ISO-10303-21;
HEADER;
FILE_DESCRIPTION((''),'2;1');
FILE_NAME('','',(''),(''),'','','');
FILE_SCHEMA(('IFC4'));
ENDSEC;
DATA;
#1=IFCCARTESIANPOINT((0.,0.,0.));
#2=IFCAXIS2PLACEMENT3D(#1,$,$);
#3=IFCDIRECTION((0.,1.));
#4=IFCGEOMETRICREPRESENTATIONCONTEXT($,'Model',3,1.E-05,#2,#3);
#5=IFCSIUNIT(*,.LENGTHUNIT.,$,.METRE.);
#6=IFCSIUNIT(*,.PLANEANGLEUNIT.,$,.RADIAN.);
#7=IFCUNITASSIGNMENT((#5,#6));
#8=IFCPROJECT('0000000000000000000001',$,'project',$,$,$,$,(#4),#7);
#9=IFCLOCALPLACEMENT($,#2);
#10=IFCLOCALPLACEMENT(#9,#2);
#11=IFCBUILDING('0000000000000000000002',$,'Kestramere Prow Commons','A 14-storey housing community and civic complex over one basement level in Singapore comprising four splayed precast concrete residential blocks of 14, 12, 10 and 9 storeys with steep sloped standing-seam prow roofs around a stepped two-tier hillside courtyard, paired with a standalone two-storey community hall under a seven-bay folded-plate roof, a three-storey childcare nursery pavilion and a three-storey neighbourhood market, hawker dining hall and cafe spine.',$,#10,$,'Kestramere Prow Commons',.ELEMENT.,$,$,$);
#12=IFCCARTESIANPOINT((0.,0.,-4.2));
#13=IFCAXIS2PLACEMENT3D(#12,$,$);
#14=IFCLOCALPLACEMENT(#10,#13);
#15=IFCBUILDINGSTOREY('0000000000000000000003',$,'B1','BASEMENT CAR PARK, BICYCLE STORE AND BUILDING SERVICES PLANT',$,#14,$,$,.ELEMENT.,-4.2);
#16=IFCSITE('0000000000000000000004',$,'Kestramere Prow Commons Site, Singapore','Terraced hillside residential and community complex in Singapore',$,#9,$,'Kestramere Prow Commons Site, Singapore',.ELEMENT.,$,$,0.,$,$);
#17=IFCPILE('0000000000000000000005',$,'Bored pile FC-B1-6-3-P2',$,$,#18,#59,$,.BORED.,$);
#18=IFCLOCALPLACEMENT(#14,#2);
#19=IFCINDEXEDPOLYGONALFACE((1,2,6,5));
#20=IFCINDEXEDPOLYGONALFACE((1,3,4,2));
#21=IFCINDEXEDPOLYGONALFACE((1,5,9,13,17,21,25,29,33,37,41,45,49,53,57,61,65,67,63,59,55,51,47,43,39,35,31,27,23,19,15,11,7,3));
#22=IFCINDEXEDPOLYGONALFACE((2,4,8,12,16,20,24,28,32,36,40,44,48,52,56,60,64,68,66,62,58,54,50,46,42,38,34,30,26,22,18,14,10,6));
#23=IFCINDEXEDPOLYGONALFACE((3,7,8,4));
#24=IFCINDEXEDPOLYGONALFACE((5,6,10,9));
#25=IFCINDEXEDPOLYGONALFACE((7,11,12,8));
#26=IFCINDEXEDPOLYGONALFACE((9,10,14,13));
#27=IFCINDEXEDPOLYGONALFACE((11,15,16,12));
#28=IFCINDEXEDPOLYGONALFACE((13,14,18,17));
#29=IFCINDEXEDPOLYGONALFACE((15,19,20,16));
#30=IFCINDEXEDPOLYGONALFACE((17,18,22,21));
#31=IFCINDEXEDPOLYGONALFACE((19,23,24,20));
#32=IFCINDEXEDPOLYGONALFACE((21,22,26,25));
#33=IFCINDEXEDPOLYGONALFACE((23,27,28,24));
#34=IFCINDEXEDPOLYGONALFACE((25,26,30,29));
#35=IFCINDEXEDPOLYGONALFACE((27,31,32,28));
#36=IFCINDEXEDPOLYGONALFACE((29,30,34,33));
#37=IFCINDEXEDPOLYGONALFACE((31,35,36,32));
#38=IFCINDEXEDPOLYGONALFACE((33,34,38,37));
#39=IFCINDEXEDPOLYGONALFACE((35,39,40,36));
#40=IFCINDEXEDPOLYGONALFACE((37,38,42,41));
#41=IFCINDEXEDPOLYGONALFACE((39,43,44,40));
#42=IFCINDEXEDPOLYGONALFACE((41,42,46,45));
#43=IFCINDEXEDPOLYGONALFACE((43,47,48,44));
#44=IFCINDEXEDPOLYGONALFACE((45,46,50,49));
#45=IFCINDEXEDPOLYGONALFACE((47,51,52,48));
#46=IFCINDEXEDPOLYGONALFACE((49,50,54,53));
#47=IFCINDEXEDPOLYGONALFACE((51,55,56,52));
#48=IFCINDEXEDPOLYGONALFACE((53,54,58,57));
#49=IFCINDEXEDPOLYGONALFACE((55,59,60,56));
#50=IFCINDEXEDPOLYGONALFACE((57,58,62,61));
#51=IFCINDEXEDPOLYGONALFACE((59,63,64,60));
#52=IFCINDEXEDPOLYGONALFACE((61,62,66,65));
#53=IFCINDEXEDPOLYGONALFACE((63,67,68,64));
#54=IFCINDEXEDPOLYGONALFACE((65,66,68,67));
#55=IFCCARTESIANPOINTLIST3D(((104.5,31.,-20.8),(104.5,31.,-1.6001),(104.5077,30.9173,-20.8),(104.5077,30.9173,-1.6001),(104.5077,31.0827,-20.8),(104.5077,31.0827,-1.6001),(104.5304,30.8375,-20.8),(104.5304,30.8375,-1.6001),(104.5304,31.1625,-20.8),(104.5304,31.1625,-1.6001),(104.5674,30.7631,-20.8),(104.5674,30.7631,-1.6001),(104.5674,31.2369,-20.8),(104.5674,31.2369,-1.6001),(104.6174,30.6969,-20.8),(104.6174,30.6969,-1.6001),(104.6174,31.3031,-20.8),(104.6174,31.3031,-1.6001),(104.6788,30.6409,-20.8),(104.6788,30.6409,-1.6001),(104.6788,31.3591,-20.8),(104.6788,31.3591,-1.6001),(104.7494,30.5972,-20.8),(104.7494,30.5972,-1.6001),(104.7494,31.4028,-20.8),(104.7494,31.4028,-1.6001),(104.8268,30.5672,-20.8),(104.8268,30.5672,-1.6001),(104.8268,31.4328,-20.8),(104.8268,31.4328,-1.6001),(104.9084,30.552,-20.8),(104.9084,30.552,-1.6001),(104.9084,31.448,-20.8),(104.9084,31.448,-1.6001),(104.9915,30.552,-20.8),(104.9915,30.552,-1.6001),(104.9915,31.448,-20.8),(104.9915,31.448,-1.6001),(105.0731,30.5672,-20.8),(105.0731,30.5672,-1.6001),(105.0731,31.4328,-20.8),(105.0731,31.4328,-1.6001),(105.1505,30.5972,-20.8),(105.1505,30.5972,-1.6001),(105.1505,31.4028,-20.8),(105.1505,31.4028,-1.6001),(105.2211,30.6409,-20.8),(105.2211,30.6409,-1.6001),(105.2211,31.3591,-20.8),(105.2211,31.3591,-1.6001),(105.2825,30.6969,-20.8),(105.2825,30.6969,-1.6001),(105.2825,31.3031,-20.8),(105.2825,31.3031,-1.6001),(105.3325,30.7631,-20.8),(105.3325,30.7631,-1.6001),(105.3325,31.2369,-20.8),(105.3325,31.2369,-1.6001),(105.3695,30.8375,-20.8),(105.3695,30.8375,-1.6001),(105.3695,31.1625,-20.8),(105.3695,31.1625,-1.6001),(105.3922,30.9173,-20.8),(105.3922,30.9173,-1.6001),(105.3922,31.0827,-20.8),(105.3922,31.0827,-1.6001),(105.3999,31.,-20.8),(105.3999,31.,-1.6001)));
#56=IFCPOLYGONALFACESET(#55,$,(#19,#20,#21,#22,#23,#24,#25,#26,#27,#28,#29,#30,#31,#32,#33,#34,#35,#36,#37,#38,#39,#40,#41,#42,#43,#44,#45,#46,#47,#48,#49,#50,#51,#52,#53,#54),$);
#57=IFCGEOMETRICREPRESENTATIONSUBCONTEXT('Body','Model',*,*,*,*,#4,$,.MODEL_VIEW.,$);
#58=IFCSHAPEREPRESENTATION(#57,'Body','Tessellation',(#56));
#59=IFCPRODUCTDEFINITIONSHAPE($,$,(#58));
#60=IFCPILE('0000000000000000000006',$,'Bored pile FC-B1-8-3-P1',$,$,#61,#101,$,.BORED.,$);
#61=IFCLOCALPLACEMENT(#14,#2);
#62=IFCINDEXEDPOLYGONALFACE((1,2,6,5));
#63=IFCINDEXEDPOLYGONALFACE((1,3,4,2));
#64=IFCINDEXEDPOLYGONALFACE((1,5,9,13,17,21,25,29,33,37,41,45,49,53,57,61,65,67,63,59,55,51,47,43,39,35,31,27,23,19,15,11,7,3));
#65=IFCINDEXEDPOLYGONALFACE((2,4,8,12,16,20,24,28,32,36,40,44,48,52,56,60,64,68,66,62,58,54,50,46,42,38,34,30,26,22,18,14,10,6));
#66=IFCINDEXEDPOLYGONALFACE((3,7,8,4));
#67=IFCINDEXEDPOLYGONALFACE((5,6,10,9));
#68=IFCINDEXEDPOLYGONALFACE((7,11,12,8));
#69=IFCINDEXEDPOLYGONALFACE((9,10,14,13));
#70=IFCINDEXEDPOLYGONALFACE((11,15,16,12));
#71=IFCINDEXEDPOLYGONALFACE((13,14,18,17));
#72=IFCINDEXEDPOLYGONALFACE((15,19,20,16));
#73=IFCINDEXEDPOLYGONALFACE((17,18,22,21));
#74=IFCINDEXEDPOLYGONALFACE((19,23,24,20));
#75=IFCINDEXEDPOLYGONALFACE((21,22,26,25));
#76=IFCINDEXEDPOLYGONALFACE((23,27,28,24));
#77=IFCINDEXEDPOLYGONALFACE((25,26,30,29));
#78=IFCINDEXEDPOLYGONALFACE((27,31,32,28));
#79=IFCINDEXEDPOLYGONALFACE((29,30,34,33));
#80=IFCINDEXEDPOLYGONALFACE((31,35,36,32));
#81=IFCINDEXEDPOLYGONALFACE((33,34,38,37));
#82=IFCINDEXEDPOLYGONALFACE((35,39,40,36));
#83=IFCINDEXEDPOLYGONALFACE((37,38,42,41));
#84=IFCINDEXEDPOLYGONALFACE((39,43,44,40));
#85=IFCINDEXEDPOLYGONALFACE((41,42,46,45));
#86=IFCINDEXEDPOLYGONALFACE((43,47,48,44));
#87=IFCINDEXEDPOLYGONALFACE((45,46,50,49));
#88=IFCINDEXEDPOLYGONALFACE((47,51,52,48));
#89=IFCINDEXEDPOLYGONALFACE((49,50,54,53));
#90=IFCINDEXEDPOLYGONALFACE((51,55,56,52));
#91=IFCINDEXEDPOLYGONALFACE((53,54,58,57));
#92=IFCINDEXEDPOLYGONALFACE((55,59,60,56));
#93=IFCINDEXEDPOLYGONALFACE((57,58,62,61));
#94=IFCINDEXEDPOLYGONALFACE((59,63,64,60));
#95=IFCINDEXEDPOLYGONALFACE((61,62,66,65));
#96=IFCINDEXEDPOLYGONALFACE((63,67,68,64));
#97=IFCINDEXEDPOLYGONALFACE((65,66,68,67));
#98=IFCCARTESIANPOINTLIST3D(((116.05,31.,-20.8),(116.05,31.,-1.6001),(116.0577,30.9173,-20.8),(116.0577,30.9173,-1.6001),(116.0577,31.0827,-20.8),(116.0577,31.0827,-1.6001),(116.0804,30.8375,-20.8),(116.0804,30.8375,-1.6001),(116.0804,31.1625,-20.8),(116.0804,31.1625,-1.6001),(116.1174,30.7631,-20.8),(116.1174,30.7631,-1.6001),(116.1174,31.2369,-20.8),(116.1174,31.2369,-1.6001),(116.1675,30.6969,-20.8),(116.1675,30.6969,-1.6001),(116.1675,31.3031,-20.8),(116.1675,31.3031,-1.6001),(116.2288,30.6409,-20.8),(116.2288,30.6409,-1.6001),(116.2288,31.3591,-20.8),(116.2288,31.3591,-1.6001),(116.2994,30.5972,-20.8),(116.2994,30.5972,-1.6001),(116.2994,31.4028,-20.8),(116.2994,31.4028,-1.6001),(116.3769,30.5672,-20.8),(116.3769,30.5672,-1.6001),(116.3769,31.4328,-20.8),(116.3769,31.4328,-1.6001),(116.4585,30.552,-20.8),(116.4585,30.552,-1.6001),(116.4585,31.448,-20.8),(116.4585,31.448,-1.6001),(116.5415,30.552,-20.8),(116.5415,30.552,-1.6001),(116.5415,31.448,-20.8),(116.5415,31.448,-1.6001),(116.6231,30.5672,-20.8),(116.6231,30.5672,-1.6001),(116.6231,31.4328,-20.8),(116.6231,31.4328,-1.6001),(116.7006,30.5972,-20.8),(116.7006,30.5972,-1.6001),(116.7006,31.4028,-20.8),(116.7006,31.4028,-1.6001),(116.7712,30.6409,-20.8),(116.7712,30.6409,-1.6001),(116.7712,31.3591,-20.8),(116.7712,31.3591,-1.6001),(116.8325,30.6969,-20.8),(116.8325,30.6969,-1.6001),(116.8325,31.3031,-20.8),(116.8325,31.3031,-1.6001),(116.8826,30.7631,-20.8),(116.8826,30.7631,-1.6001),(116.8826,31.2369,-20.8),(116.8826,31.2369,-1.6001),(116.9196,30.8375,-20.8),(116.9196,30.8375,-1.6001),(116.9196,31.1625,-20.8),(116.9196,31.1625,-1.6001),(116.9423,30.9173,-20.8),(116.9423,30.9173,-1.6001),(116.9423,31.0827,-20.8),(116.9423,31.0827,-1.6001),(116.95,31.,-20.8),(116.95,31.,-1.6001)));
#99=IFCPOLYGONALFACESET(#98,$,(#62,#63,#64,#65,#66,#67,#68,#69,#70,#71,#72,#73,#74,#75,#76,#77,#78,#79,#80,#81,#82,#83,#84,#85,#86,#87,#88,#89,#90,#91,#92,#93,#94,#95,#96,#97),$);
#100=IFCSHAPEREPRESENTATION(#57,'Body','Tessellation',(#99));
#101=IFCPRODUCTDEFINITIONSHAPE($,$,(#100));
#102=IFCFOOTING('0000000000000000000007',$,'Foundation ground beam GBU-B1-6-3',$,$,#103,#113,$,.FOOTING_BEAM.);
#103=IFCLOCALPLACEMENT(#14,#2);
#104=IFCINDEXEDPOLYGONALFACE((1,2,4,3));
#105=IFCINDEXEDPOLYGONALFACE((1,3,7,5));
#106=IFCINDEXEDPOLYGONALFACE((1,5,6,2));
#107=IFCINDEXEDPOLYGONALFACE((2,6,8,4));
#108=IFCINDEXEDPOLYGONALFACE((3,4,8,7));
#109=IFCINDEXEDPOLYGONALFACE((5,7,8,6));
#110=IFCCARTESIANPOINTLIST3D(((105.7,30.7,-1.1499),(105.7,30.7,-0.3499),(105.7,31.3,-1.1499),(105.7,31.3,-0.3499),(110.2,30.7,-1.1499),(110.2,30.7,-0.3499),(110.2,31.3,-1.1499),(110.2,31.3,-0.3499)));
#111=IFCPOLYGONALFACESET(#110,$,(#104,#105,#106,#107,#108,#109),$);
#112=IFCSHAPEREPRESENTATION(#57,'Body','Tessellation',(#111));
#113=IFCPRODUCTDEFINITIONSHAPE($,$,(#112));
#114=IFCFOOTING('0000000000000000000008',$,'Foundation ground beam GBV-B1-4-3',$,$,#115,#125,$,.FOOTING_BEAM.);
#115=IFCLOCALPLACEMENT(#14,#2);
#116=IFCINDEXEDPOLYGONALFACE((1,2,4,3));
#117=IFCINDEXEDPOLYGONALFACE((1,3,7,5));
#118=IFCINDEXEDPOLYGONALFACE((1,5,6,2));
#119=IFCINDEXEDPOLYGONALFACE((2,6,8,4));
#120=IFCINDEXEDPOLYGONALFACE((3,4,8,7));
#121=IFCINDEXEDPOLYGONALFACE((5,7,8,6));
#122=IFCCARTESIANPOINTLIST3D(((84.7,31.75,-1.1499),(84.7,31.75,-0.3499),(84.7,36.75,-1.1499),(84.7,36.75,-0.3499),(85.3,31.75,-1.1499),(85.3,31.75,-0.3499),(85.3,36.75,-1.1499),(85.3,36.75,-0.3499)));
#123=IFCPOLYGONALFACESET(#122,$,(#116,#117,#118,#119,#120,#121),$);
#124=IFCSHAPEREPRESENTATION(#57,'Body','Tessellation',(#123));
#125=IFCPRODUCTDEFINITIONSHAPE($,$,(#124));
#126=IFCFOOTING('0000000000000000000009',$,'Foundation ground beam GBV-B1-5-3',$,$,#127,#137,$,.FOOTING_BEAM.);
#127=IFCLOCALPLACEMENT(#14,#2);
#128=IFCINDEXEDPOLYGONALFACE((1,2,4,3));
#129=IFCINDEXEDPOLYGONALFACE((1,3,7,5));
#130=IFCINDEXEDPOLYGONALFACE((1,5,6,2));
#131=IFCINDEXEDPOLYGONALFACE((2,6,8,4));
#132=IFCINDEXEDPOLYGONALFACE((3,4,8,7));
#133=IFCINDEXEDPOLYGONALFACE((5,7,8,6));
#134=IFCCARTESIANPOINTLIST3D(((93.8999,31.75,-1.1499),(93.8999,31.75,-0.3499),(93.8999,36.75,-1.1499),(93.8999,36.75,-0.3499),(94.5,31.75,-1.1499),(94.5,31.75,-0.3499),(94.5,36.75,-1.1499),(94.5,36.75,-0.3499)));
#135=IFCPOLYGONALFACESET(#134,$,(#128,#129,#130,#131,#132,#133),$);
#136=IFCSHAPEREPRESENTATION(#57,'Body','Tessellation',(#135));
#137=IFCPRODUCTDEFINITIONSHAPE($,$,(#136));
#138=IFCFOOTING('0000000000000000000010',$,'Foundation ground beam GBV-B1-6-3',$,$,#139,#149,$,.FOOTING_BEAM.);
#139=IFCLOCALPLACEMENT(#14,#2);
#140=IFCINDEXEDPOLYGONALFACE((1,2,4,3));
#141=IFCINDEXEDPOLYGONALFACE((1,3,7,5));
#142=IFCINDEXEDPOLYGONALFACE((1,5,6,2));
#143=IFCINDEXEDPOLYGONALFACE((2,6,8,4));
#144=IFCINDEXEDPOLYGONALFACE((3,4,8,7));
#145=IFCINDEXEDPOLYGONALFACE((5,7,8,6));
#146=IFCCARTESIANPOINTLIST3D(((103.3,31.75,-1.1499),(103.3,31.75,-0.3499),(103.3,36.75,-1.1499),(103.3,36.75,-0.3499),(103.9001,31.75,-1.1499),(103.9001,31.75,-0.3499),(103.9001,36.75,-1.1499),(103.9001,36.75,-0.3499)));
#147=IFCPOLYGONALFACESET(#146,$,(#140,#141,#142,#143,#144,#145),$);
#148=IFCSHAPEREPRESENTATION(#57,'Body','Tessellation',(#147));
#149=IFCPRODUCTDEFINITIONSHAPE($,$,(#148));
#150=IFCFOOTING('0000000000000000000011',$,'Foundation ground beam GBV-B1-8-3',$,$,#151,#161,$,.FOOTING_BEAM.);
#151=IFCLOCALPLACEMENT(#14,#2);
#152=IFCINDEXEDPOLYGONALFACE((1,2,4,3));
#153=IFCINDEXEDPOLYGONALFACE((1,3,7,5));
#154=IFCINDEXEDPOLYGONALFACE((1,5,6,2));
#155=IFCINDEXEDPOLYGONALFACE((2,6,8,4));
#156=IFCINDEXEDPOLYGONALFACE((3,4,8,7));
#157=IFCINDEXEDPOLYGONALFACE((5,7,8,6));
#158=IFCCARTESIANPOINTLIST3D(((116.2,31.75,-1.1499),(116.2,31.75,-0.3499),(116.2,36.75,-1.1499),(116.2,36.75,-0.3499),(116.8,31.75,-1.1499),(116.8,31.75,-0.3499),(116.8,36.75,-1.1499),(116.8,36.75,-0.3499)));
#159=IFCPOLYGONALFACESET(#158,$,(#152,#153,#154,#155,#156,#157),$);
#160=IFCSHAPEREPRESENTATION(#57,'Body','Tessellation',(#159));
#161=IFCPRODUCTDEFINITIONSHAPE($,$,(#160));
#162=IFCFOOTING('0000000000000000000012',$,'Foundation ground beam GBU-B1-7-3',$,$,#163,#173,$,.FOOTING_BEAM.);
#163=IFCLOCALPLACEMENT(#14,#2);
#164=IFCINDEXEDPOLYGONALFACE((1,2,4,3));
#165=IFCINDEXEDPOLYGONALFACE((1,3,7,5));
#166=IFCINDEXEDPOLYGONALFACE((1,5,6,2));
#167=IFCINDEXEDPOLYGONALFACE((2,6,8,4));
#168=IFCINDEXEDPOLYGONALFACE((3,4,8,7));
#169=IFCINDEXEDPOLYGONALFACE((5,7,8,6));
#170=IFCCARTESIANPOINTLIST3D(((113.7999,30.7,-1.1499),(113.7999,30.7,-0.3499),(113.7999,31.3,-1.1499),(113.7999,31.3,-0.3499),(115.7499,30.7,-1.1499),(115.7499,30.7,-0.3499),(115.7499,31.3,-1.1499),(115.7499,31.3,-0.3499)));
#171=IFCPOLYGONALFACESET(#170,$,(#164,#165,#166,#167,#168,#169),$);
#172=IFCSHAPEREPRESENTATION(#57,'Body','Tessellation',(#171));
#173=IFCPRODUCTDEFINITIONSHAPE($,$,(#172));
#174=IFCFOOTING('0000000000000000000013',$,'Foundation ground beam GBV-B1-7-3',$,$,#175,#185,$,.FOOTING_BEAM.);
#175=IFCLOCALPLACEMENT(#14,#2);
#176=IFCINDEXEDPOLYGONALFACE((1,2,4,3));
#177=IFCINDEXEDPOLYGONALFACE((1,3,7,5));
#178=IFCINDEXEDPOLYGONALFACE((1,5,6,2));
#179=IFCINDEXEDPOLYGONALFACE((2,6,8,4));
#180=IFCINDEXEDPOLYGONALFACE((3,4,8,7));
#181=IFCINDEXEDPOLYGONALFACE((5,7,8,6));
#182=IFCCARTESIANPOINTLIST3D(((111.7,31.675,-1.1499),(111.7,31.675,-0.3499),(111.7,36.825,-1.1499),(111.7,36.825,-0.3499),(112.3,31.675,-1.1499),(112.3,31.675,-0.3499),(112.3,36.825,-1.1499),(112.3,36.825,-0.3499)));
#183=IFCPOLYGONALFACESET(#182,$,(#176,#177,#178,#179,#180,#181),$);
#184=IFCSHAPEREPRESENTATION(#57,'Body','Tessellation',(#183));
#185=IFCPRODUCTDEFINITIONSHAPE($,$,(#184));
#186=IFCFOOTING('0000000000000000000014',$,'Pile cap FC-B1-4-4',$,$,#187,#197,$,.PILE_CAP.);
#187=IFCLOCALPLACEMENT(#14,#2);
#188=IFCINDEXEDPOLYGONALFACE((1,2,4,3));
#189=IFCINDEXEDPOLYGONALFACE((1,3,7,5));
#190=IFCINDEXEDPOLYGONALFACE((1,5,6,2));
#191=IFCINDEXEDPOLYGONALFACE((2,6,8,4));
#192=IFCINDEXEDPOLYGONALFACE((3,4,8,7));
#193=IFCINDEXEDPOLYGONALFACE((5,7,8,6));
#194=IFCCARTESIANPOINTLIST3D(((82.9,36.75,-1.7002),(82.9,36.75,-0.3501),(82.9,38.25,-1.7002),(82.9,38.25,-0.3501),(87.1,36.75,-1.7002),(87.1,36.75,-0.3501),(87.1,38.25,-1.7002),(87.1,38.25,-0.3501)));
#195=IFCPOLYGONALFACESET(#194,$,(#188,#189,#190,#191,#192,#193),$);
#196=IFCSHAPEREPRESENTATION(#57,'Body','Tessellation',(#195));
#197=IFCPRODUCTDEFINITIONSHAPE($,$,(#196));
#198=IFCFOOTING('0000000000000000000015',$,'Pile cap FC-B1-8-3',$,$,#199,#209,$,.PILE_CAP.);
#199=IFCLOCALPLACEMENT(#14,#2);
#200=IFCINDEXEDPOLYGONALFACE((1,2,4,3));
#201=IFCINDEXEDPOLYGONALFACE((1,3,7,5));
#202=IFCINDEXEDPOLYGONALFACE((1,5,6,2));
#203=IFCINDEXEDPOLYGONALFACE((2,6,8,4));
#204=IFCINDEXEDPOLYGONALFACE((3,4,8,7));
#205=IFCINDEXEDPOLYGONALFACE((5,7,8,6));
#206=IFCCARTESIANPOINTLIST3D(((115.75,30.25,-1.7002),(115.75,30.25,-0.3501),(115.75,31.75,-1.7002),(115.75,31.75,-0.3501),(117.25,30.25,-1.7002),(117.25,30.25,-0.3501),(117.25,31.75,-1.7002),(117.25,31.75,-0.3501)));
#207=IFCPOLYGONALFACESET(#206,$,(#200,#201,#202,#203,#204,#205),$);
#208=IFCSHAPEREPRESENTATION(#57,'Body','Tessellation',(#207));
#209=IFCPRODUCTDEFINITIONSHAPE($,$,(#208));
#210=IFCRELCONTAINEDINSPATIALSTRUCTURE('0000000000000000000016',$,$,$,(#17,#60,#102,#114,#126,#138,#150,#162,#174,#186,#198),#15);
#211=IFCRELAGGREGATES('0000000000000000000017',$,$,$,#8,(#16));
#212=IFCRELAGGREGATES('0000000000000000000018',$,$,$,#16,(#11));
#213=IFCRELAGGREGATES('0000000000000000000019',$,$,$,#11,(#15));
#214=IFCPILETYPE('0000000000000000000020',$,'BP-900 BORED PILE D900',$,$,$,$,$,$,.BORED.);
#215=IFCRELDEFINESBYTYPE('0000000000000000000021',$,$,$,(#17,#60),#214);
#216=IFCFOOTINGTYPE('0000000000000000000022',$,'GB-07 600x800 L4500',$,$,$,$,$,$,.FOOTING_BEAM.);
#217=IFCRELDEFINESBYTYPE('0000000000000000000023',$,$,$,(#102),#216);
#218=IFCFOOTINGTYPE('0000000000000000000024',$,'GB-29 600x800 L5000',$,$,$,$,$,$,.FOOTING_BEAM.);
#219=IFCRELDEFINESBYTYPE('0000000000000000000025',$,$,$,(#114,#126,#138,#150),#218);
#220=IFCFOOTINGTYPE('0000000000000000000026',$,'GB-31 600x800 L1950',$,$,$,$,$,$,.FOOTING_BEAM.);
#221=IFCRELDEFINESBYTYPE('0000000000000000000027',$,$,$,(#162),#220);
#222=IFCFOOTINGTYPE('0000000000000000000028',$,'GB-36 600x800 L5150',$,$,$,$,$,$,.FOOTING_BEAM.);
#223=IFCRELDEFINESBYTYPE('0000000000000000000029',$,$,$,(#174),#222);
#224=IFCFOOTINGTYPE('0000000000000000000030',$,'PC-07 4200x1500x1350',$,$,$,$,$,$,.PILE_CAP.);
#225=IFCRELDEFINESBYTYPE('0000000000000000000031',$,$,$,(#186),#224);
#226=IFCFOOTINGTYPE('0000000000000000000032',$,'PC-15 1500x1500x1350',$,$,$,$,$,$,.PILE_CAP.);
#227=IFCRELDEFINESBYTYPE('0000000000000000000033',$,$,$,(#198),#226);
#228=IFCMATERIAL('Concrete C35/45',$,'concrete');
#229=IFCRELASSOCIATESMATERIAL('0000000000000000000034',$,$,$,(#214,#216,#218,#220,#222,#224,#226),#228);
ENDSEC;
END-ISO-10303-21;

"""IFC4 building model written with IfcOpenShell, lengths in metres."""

from ifc_helpers import new_model, si_unit, direction, frame, origin, origin_2d, place, context, subcontext, project, spatial, rectangle, circle, extrude, material, material_profile, profile_set, type_object, element, save


model = new_model("IFC4")

# Units and contexts
model_context = context("Model", 3, precision=1e-05, world=origin(), true_north=direction((0.0, 1.0)))
body_context = subcontext(model_context, "Body", "Model", "MODEL_VIEW")
ifc_project = project(units=[si_unit("LENGTHUNIT", "METRE"), si_unit("PLANEANGLEUNIT", "RADIAN")], contexts=[model_context])

# Site, building, storey
site_placement = place(None, origin())
site = spatial("IfcSite", under=ifc_project, at=site_placement, Name="Kestramere Prow Commons Site, Singapore", Description="Terraced hillside residential and community complex in Singapore", LongName="Kestramere Prow Commons Site, Singapore", CompositionType="ELEMENT", RefElevation=0.0)
building_placement = place(site_placement, origin())
building = spatial("IfcBuilding", under=site, at=building_placement, Name="Kestramere Prow Commons", Description="A 14-storey housing community and civic complex over one basement level in Singapore comprising four splayed precast concrete residential blocks of 14, 12, 10 and 9 storeys with steep sloped standing-seam prow roofs around a stepped two-tier hillside courtyard, paired with a standalone two-storey community hall under a seven-bay folded-plate roof, a three-storey childcare nursery pavilion and a three-storey neighbourhood market, hawker dining hall and cafe spine.", LongName="Kestramere Prow Commons", CompositionType="ELEMENT")
storey_placement = place(building_placement, frame((0.0, 0.0, -4.2)))
storey = spatial("IfcBuildingStorey", under=building, at=storey_placement, Name="B1", Description="BASEMENT CAR PARK, BICYCLE STORE AND BUILDING SERVICES PLANT", CompositionType="ELEMENT", Elevation=-4.2)

# Piles
ifc_material_1 = material(Name="Concrete C35/45", Category="concrete")
ifc_material_profile_1 = material_profile(ifc_material_1, circle(Radius=0.45, at=origin_2d()), Name="BORED PILE D900")
ifc_profile_set_1 = profile_set([ifc_material_profile_1], Name="Concrete C35/45")
pile_type_1 = type_object("IfcPileType", Name="BP-900 BORED PILE D900", PredefinedType="BORED", material=ifc_profile_set_1)
for number, where, z_axis, x_axis, name in (
    (1, (104.95, 31.0, -1.6001), (0.0, 0.0, -1.0), (1.0, 0.0, 0.0), "Bored pile FC-B1-6-3-P2"),
    (2, (116.5, 31.0, -1.6001), (0.0, 0.0, -1.0), (1.0, 0.0, 0.0), "Bored pile FC-B1-8-3-P1"),
):
    element("IfcPile", number, at=place(storey_placement, frame(where, z_axis=z_axis, x_axis=x_axis)), inside=storey, type_object=pile_type_1, Name=name, PredefinedType="BORED", context=body_context, shape_type="SweptSolid", body=[
        extrude(circle(Radius=0.45, at=origin_2d()), origin(), (0.0, 0.0, 1.0), 19.2),
    ])

# Footings
footing_type_1 = type_object("IfcFootingType", Name="GB-07 600x800 L4500", PredefinedType="FOOTING_BEAM", material=ifc_material_1)
footing_1_placement = place(storey_placement, frame((107.95, 31.0, -1.1499), z_axis=(0.0, 0.0, 1.0), x_axis=(1.0, 0.0, 0.0)))
element("IfcFooting", 3, at=footing_1_placement, inside=storey, type_object=footing_type_1, Name="Foundation ground beam GBU-B1-6-3", PredefinedType="FOOTING_BEAM", context=body_context, shape_type="SweptSolid", body=[
    extrude(rectangle(XDim=4.5, YDim=0.6001, at=origin_2d()), origin(), (0.0, 0.0, 1.0), 0.8),
])
footing_type_2 = type_object("IfcFootingType", Name="GB-29 600x800 L5000", PredefinedType="FOOTING_BEAM", material=ifc_material_1)
for number, where, z_axis, x_axis, name in (
    (4, (85.0, 34.25, -1.1499), (0.0, 0.0, 1.0), (0.0, 1.0, 0.0), "Foundation ground beam GBV-B1-4-3"),
    (5, (94.2, 34.25, -1.1499), (0.0, 0.0, 1.0), (0.0, 1.0, 0.0), "Foundation ground beam GBV-B1-5-3"),
    (6, (103.6001, 34.25, -1.1499), (0.0, 0.0, 1.0), (0.0, 1.0, 0.0), "Foundation ground beam GBV-B1-6-3"),
    (7, (116.5, 34.25, -1.1499), (0.0, 0.0, 1.0), (0.0, 1.0, 0.0), "Foundation ground beam GBV-B1-8-3"),
):
    element("IfcFooting", number, at=place(storey_placement, frame(where, z_axis=z_axis, x_axis=x_axis)), inside=storey, type_object=footing_type_2, Name=name, PredefinedType="FOOTING_BEAM", context=body_context, shape_type="SweptSolid", body=[
        extrude(rectangle(XDim=5.0, YDim=0.6001, at=origin_2d()), origin(), (0.0, 0.0, 1.0), 0.8),
    ])
footing_type_3 = type_object("IfcFootingType", Name="GB-31 600x800 L1950", PredefinedType="FOOTING_BEAM", material=ifc_material_1)
footing_2_placement = place(storey_placement, frame((114.7749, 31.0, -1.1499), z_axis=(0.0, 0.0, 1.0), x_axis=(1.0, 0.0, 0.0)))
element("IfcFooting", 8, at=footing_2_placement, inside=storey, type_object=footing_type_3, Name="Foundation ground beam GBU-B1-7-3", PredefinedType="FOOTING_BEAM", context=body_context, shape_type="SweptSolid", body=[
    extrude(rectangle(XDim=1.95, YDim=0.6001, at=origin_2d()), origin(), (0.0, 0.0, 1.0), 0.8),
])
footing_type_4 = type_object("IfcFootingType", Name="GB-36 600x800 L5150", PredefinedType="FOOTING_BEAM", material=ifc_material_1)
footing_3_placement = place(storey_placement, frame((112.0, 34.25, -1.1499), z_axis=(0.0, 0.0, 1.0), x_axis=(0.0, 1.0, 0.0)))
element("IfcFooting", 9, at=footing_3_placement, inside=storey, type_object=footing_type_4, Name="Foundation ground beam GBV-B1-7-3", PredefinedType="FOOTING_BEAM", context=body_context, shape_type="SweptSolid", body=[
    extrude(rectangle(XDim=5.1499, YDim=0.6001, at=origin_2d()), origin(), (0.0, 0.0, 1.0), 0.8),
])
footing_type_5 = type_object("IfcFootingType", Name="PC-07 4200x1500x1350", PredefinedType="PILE_CAP", material=ifc_material_1)
footing_4_placement = place(storey_placement, frame((85.0, 37.5, -1.7002), z_axis=(0.0, 0.0, 1.0), x_axis=(1.0, 0.0, 0.0)))
element("IfcFooting", 10, at=footing_4_placement, inside=storey, type_object=footing_type_5, Name="Pile cap FC-B1-4-4", PredefinedType="PILE_CAP", context=body_context, shape_type="SweptSolid", body=[
    extrude(rectangle(XDim=4.2, YDim=1.5, at=origin_2d()), origin(), (0.0, 0.0, 1.0), 1.3501),
])
footing_type_6 = type_object("IfcFootingType", Name="PC-15 1500x1500x1350", PredefinedType="PILE_CAP", material=ifc_material_1)
footing_5_placement = place(storey_placement, frame((116.5, 31.0, -1.7002), z_axis=(0.0, 0.0, 1.0), x_axis=(1.0, 0.0, 0.0)))
element("IfcFooting", 11, at=footing_5_placement, inside=storey, type_object=footing_type_6, Name="Pile cap FC-B1-8-3", PredefinedType="PILE_CAP", context=body_context, shape_type="SweptSolid", body=[
    extrude(rectangle(XDim=1.5, YDim=1.5, at=origin_2d()), origin(), (0.0, 0.0, 1.0), 1.3501),
])

save(model, "model.ifc")
